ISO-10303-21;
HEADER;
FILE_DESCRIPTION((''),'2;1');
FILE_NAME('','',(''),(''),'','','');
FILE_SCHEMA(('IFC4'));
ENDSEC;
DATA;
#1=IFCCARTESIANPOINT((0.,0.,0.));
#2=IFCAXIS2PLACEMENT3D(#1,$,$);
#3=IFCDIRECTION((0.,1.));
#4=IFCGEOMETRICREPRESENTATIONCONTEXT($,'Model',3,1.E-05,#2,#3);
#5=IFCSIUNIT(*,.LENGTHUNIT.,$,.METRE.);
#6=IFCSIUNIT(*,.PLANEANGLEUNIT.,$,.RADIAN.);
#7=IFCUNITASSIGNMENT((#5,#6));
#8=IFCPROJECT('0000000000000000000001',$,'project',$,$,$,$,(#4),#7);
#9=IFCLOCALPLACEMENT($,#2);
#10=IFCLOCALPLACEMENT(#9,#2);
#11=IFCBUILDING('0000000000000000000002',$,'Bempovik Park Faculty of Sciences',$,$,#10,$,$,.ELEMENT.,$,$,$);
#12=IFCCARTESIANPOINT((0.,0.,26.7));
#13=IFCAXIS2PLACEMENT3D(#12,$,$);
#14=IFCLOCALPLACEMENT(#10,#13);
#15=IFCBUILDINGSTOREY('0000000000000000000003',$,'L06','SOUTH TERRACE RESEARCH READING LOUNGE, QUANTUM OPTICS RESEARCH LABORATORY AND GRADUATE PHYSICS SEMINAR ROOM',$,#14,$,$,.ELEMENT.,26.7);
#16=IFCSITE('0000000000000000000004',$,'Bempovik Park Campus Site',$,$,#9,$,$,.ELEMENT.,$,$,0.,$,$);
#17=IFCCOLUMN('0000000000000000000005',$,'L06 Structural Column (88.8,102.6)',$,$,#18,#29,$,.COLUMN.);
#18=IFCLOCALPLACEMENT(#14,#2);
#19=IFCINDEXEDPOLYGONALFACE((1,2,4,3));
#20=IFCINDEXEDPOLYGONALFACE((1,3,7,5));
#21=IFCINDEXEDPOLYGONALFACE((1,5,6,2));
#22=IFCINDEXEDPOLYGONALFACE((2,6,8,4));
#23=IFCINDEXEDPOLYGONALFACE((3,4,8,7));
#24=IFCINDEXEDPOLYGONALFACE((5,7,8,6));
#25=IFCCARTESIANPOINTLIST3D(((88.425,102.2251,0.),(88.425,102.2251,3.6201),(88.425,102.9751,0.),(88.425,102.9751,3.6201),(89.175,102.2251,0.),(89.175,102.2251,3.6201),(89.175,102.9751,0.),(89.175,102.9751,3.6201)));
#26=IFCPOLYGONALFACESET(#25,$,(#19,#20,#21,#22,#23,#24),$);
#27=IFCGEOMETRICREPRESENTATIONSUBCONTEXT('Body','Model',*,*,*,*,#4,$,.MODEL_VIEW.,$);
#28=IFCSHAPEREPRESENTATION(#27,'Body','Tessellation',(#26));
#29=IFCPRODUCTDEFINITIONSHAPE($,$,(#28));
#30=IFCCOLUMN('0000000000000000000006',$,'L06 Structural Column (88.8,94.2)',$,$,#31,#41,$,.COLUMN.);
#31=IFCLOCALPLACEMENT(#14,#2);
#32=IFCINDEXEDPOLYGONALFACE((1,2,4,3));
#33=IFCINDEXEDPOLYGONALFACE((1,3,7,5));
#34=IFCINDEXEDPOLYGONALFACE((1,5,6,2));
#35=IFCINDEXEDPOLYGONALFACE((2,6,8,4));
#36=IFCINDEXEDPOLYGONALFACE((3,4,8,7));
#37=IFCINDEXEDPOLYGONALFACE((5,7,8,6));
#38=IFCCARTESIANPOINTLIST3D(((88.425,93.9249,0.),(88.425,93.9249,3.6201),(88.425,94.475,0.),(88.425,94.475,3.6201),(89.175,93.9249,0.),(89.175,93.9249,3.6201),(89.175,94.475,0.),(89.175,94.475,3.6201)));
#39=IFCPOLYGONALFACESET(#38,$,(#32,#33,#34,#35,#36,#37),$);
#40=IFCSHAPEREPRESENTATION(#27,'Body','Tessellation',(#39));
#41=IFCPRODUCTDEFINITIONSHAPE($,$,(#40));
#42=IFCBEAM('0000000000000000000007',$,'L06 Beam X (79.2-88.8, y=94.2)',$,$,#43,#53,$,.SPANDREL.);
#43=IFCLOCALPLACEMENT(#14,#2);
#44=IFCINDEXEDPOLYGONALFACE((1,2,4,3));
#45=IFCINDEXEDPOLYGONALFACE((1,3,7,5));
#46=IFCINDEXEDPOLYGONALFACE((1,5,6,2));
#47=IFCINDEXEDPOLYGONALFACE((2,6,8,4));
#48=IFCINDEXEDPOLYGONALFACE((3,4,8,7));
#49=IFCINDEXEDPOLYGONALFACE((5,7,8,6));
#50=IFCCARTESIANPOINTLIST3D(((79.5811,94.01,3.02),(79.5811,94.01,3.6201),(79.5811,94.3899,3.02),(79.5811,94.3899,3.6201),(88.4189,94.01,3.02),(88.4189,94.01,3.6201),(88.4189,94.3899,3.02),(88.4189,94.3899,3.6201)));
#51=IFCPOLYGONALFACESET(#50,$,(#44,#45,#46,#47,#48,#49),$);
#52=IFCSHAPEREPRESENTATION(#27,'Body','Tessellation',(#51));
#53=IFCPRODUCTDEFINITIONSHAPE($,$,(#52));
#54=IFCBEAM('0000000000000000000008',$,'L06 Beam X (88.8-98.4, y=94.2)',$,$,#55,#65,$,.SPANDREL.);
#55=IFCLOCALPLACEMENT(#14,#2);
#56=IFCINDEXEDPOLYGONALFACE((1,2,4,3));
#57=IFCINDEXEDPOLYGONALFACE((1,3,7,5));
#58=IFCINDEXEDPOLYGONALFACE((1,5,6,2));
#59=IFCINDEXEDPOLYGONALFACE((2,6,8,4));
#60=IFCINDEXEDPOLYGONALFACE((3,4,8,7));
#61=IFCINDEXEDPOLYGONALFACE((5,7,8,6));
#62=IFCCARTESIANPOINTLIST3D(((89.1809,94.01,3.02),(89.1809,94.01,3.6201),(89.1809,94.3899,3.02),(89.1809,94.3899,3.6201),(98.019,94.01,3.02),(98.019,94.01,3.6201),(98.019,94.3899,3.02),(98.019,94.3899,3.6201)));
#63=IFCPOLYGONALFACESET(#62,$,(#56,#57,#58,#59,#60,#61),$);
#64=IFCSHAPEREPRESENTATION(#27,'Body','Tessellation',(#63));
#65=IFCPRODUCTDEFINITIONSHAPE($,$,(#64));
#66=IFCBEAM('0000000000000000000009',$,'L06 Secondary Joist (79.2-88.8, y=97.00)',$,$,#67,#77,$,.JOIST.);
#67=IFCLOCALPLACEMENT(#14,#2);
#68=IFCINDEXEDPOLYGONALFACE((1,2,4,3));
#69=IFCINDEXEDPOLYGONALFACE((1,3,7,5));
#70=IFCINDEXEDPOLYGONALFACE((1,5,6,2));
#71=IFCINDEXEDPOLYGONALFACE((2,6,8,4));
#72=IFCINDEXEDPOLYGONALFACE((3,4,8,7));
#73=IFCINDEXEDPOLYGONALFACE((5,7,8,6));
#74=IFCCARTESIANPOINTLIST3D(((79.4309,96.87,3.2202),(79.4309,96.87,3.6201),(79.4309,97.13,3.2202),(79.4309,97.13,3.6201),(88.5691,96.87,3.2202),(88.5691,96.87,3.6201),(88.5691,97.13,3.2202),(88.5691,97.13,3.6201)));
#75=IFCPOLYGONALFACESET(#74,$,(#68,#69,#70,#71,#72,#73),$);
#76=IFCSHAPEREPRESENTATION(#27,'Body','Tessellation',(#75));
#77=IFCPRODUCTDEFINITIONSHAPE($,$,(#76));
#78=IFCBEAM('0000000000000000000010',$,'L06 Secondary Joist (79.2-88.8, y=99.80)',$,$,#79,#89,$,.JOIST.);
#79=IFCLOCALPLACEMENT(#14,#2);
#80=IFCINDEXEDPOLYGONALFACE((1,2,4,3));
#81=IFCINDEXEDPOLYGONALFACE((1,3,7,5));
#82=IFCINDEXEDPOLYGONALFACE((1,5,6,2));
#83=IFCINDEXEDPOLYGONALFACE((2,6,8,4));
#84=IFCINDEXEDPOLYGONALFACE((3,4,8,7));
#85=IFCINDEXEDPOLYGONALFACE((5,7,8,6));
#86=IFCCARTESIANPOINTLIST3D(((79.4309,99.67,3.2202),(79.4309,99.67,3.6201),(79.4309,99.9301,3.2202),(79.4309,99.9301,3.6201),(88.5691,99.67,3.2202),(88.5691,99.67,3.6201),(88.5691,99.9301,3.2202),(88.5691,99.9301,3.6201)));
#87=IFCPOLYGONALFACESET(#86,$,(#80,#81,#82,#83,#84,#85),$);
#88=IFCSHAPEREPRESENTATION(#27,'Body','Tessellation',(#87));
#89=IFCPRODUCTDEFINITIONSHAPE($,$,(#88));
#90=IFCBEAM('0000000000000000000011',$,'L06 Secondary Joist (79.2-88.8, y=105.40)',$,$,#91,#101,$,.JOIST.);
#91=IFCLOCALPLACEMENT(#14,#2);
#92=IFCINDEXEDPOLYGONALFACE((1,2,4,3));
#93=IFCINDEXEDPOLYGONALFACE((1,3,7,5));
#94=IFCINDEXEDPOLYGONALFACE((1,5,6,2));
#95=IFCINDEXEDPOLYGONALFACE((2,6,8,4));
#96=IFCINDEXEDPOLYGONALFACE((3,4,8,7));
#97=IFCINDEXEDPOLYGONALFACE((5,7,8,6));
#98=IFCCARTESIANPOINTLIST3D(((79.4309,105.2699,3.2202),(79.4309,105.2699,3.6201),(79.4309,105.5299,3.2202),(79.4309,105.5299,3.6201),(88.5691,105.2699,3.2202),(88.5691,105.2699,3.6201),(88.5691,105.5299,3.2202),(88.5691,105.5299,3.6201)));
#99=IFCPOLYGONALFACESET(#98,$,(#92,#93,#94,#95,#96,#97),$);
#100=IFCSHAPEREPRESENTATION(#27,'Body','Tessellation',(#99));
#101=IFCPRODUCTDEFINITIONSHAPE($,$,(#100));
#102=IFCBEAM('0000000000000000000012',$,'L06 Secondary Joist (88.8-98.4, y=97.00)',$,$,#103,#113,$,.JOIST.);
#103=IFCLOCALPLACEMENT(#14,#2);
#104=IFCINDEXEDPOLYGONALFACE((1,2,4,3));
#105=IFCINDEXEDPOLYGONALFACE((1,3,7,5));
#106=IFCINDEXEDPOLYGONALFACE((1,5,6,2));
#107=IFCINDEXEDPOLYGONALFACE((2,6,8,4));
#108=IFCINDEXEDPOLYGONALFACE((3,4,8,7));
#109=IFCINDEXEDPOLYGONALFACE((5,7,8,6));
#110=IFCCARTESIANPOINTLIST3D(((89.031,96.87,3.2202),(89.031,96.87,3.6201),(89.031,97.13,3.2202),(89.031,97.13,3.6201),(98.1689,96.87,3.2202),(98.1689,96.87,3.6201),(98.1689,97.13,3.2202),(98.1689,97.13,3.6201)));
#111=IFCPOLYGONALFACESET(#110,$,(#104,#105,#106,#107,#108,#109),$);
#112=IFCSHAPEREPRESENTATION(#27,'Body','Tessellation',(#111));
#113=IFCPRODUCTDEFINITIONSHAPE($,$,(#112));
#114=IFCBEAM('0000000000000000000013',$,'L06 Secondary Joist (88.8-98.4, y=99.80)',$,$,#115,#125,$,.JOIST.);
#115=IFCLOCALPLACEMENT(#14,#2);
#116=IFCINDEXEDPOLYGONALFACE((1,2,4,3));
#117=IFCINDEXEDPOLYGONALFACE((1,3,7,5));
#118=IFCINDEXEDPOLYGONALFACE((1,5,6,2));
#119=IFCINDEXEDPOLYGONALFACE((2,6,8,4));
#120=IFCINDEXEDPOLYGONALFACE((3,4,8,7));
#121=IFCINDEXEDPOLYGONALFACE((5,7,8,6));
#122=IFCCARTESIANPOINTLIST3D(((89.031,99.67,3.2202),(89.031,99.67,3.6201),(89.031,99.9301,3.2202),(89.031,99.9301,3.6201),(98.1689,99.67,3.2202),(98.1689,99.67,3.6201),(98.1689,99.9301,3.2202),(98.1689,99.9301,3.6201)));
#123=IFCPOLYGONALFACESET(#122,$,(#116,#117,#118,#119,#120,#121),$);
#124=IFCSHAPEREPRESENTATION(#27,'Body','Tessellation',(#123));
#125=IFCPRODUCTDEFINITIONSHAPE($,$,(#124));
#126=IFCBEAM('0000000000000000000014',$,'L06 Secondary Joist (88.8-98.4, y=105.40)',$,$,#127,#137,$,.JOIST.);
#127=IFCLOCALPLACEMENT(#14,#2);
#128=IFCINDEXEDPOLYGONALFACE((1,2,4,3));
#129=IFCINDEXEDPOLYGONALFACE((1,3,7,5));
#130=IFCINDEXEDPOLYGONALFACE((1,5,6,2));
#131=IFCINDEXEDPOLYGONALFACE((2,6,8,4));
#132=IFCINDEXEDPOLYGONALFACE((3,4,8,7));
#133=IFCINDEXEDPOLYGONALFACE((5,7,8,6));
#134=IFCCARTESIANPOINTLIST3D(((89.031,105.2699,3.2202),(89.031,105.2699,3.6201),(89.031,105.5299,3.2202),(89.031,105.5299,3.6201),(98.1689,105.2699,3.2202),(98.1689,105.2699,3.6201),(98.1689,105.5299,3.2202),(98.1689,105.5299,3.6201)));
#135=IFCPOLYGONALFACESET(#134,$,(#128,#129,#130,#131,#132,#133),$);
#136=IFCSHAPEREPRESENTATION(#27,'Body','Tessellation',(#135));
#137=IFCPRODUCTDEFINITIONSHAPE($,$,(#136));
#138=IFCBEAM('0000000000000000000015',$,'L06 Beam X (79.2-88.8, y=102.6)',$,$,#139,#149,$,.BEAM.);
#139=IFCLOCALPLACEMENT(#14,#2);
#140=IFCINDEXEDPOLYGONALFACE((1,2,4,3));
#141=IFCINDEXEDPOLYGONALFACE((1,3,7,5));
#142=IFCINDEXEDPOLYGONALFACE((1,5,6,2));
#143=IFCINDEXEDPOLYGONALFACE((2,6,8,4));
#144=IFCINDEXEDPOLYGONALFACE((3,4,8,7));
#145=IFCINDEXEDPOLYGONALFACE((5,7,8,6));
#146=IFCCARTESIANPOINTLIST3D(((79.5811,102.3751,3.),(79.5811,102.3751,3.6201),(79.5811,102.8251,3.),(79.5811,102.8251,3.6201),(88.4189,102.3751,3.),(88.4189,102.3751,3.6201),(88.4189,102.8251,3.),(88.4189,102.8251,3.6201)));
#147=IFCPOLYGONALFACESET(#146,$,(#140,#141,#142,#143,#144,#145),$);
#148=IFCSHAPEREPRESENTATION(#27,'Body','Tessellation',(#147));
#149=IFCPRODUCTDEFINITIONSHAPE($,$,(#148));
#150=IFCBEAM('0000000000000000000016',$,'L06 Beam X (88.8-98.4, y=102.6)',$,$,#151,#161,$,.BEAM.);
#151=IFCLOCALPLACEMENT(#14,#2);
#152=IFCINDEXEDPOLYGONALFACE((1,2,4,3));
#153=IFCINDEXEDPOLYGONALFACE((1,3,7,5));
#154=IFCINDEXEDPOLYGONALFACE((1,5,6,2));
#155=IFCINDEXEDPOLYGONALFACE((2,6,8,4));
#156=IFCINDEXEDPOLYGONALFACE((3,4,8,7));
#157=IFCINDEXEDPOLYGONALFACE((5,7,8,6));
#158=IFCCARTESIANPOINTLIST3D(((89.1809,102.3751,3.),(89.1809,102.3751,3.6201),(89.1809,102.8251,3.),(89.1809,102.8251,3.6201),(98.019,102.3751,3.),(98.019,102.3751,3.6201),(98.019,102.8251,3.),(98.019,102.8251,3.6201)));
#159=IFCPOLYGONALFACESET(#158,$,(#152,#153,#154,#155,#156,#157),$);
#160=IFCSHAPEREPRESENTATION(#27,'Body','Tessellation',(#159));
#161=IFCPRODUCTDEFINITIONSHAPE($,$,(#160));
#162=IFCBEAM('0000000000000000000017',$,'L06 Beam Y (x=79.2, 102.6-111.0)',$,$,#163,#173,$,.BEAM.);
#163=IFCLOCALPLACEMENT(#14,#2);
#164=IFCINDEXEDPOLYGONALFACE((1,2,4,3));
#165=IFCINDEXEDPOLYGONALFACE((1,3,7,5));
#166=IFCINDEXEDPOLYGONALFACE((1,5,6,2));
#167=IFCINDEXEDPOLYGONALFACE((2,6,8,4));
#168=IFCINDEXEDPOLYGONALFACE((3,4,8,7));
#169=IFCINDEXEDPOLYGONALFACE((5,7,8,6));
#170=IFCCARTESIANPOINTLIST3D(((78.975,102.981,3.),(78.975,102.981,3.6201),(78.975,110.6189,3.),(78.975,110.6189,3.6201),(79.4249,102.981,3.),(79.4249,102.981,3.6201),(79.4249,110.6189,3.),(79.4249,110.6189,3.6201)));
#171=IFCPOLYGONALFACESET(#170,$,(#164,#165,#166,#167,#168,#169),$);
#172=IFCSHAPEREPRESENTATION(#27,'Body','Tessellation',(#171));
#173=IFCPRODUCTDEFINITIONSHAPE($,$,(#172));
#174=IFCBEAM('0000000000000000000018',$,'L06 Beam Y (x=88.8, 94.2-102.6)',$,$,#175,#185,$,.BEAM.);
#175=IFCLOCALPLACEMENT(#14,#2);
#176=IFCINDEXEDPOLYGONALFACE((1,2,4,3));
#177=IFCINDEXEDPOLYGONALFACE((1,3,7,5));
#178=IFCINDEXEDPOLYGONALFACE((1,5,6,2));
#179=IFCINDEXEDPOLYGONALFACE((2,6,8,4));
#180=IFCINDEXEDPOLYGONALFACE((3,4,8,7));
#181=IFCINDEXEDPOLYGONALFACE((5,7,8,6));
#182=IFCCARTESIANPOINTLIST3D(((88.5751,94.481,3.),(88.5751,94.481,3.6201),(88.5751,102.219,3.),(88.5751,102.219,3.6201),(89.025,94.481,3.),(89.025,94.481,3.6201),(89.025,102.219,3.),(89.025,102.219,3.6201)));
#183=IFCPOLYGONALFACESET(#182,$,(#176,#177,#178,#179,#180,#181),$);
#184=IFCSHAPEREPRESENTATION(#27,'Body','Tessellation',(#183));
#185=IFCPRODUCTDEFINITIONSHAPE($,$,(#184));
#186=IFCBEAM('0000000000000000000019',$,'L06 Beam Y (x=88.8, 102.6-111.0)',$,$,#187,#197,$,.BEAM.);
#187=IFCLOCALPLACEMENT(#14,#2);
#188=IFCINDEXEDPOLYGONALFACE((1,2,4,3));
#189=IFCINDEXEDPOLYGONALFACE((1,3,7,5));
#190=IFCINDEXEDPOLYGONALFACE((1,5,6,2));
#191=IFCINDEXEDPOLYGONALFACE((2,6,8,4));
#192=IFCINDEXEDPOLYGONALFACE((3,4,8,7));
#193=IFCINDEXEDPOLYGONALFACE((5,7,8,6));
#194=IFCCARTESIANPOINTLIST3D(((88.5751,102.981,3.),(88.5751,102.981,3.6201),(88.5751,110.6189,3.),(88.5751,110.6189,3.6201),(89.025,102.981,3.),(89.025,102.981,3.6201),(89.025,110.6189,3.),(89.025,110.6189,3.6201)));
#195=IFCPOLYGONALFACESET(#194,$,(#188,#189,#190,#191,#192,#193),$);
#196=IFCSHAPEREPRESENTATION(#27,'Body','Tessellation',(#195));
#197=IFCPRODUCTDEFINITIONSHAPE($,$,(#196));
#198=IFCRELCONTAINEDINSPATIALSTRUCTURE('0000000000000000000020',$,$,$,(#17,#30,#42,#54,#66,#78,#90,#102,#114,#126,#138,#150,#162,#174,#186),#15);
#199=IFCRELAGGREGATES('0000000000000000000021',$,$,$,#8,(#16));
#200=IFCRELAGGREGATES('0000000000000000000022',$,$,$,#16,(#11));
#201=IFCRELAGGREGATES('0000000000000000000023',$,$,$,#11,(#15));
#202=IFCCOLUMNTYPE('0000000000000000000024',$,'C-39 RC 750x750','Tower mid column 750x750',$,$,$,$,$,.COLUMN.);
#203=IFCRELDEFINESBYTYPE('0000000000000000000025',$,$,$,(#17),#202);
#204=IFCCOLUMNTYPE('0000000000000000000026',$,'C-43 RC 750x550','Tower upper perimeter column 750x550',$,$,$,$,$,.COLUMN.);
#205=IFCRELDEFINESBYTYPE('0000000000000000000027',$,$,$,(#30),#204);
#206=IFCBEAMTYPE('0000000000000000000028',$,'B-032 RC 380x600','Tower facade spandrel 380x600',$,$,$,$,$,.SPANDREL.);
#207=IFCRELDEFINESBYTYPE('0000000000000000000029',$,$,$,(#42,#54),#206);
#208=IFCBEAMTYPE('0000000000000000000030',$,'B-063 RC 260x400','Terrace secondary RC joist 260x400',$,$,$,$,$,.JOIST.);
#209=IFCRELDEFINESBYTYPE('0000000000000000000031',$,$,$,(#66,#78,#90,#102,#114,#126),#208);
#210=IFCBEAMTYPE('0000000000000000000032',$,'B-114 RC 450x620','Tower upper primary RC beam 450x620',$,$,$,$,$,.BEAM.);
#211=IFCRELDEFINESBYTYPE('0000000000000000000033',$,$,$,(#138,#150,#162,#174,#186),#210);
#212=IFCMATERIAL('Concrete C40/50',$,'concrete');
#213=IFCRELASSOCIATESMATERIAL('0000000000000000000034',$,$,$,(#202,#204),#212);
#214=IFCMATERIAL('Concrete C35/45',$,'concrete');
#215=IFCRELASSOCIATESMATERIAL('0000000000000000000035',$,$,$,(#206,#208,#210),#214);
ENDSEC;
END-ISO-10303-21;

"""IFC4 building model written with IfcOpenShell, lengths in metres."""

from ifc_helpers import new_model, si_unit, direction, frame, origin, origin_2d, place, context, subcontext, project, spatial, rectangle, extrude, material, material_profile, profile_set, type_object, element, save


model = new_model("IFC4")

# Units and contexts
model_context = context("Model", 3, precision=1e-05, world=origin(), true_north=direction((0.0, 1.0)))
body_context = subcontext(model_context, "Body", "Model", "MODEL_VIEW")
ifc_project = project(units=[si_unit("LENGTHUNIT", "METRE"), si_unit("PLANEANGLEUNIT", "RADIAN")], contexts=[model_context])

# Site, building, storey
site_placement = place(None, origin())
site = spatial("IfcSite", under=ifc_project, at=site_placement, Name="Bempovik Park Campus Site", CompositionType="ELEMENT", RefElevation=0.0)
building_placement = place(site_placement, origin())
building = spatial("IfcBuilding", under=site, at=building_placement, Name="Bempovik Park Faculty of Sciences", CompositionType="ELEMENT")
storey_placement = place(building_placement, frame((0.0, 0.0, 26.7)))
storey = spatial("IfcBuildingStorey", under=building, at=storey_placement, Name="L06", Description="SOUTH TERRACE RESEARCH READING LOUNGE, QUANTUM OPTICS RESEARCH LABORATORY AND GRADUATE PHYSICS SEMINAR ROOM", CompositionType="ELEMENT", Elevation=26.7)

# Columns
ifc_material_1 = material(Name="Concrete C40/50", Category="concrete")
ifc_material_profile_1 = material_profile(ifc_material_1, rectangle(XDim=0.75, YDim=0.75, at=origin_2d()), Name="RC 750x750")
ifc_profile_set_1 = profile_set([ifc_material_profile_1], Name="Concrete C40/50")
column_type_1 = type_object("IfcColumnType", Name="C-39 RC 750x750", Description="Tower mid column 750x750", PredefinedType="COLUMN", material=ifc_profile_set_1)
column_1_placement = place(storey_placement, frame((88.8, 102.6001, 0.0), z_axis=(0.0, 0.0, 1.0), x_axis=(1.0, 0.0, 0.0)))
element("IfcColumn", 1, at=column_1_placement, inside=storey, type_object=column_type_1, Name="L06 Structural Column (88.8,102.6)", PredefinedType="COLUMN", context=body_context, shape_type="SweptSolid", body=[
    extrude(rectangle(XDim=0.75, YDim=0.75, at=origin_2d()), origin(), (0.0, 0.0, 1.0), 3.6201),
])
ifc_material_profile_2 = material_profile(ifc_material_1, rectangle(XDim=0.75, YDim=0.55, at=origin_2d()), Name="RC 750x550")
ifc_profile_set_2 = profile_set([ifc_material_profile_2], Name="Concrete C40/50")
column_type_2 = type_object("IfcColumnType", Name="C-43 RC 750x550", Description="Tower upper perimeter column 750x550", PredefinedType="COLUMN", material=ifc_profile_set_2)
column_2_placement = place(storey_placement, frame((88.8, 94.2, 0.0), z_axis=(0.0, 0.0, 1.0), x_axis=(1.0, 0.0, 0.0)))
element("IfcColumn", 2, at=column_2_placement, inside=storey, type_object=column_type_2, Name="L06 Structural Column (88.8,94.2)", PredefinedType="COLUMN", context=body_context, shape_type="SweptSolid", body=[
    extrude(rectangle(XDim=0.75, YDim=0.55, at=origin_2d()), origin(), (0.0, 0.0, 1.0), 3.6201),
])

# Beams
ifc_material_2 = material(Name="Concrete C35/45", Category="concrete")
ifc_material_profile_3 = material_profile(ifc_material_2, rectangle(XDim=0.3799, YDim=0.6001, at=origin_2d()), Name="RC 380x600")
ifc_profile_set_3 = profile_set([ifc_material_profile_3], Name="Concrete C35/45")
beam_type_1 = type_object("IfcBeamType", Name="B-032 RC 380x600", Description="Tower facade spandrel 380x600", PredefinedType="SPANDREL", material=ifc_profile_set_3)
beam_1_placement = place(storey_placement, frame((79.5811, 94.2, 3.3201), z_axis=(1.0, 0.0, 0.0), x_axis=(0.0, 1.0, 0.0)))
element("IfcBeam", 3, at=beam_1_placement, inside=storey, type_object=beam_type_1, Name="L06 Beam X (79.2-88.8, y=94.2)", PredefinedType="SPANDREL", context=body_context, shape_type="SweptSolid", body=[
    extrude(rectangle(XDim=0.3799, YDim=0.6001, at=origin_2d()), origin(), (0.0, 0.0, 1.0), 8.8379),
])
beam_2_placement = place(storey_placement, frame((89.1809, 94.2, 3.3201), z_axis=(1.0, 0.0, 0.0), x_axis=(0.0, 1.0, 0.0)))
element("IfcBeam", 4, at=beam_2_placement, inside=storey, type_object=beam_type_1, Name="L06 Beam X (88.8-98.4, y=94.2)", PredefinedType="SPANDREL", context=body_context, shape_type="SweptSolid", body=[
    extrude(rectangle(XDim=0.3799, YDim=0.6001, at=origin_2d()), origin(), (0.0, 0.0, 1.0), 8.8381),
])
ifc_material_profile_4 = material_profile(ifc_material_2, rectangle(XDim=0.26, YDim=0.3999, at=origin_2d()), Name="RC 260x400")
ifc_profile_set_4 = profile_set([ifc_material_profile_4], Name="Concrete C35/45")
beam_type_2 = type_object("IfcBeamType", Name="B-063 RC 260x400", Description="Terrace secondary RC joist 260x400", PredefinedType="JOIST", material=ifc_profile_set_4)
for number, where, z_axis, x_axis, name in (
    (5, (79.4309, 97.0, 3.4202), (1.0, 0.0, 0.0), (0.0, 1.0, 0.0), "L06 Secondary Joist (79.2-88.8, y=97.00)"),
    (6, (79.4309, 99.8, 3.4202), (1.0, 0.0, 0.0), (0.0, 1.0, 0.0), "L06 Secondary Joist (79.2-88.8, y=99.80)"),
    (7, (79.4309, 105.3999, 3.4202), (1.0, 0.0, 0.0), (0.0, 1.0, 0.0), "L06 Secondary Joist (79.2-88.8, y=105.40)"),
):
    element("IfcBeam", number, at=place(storey_placement, frame(where, z_axis=z_axis, x_axis=x_axis)), inside=storey, type_object=beam_type_2, Name=name, PredefinedType="JOIST", context=body_context, shape_type="SweptSolid", body=[
        extrude(rectangle(XDim=0.26, YDim=0.3999, at=origin_2d()), origin(), (0.0, 0.0, 1.0), 9.1382),
    ])
for number, where, z_axis, x_axis, name in (
    (8, (89.031, 97.0, 3.4202), (1.0, 0.0, 0.0), (0.0, 1.0, 0.0), "L06 Secondary Joist (88.8-98.4, y=97.00)"),
    (9, (89.031, 99.8, 3.4202), (1.0, 0.0, 0.0), (0.0, 1.0, 0.0), "L06 Secondary Joist (88.8-98.4, y=99.80)"),
    (10, (89.031, 105.3999, 3.4202), (1.0, 0.0, 0.0), (0.0, 1.0, 0.0), "L06 Secondary Joist (88.8-98.4, y=105.40)"),
):
    element("IfcBeam", number, at=place(storey_placement, frame(where, z_axis=z_axis, x_axis=x_axis)), inside=storey, type_object=beam_type_2, Name=name, PredefinedType="JOIST", context=body_context, shape_type="SweptSolid", body=[
        extrude(rectangle(XDim=0.26, YDim=0.3999, at=origin_2d()), origin(), (0.0, 0.0, 1.0), 9.1379),
    ])
ifc_material_profile_5 = material_profile(ifc_material_2, rectangle(XDim=0.45, YDim=0.6201, at=origin_2d()), Name="RC 450x620")
ifc_profile_set_5 = profile_set([ifc_material_profile_5], Name="Concrete C35/45")
beam_type_3 = type_object("IfcBeamType", Name="B-114 RC 450x620", Description="Tower upper primary RC beam 450x620", PredefinedType="BEAM", material=ifc_profile_set_5)
beam_3_placement = place(storey_placement, frame((79.5811, 102.6001, 3.3101), z_axis=(1.0, 0.0, 0.0), x_axis=(0.0, 1.0, 0.0)))
element("IfcBeam", 11, at=beam_3_placement, inside=storey, type_object=beam_type_3, Name="L06 Beam X (79.2-88.8, y=102.6)", PredefinedType="BEAM", context=body_context, shape_type="SweptSolid", body=[
    extrude(rectangle(XDim=0.45, YDim=0.6201, at=origin_2d()), origin(), (0.0, 0.0, 1.0), 8.8379),
])
beam_4_placement = place(storey_placement, frame((89.1809, 102.6001, 3.3101), z_axis=(1.0, 0.0, 0.0), x_axis=(0.0, 1.0, 0.0)))
element("IfcBeam", 12, at=beam_4_placement, inside=storey, type_object=beam_type_3, Name="L06 Beam X (88.8-98.4, y=102.6)", PredefinedType="BEAM", context=body_context, shape_type="SweptSolid", body=[
    extrude(rectangle(XDim=0.45, YDim=0.6201, at=origin_2d()), origin(), (0.0, 0.0, 1.0), 8.8381),
])
beam_5_placement = place(storey_placement, frame((79.2, 102.981, 3.3101), z_axis=(0.0, 1.0, 0.0), x_axis=(-1.0, 0.0, 0.0)))
element("IfcBeam", 13, at=beam_5_placement, inside=storey, type_object=beam_type_3, Name="L06 Beam Y (x=79.2, 102.6-111.0)", PredefinedType="BEAM", context=body_context, shape_type="SweptSolid", body=[
    extrude(rectangle(XDim=0.45, YDim=0.6201, at=origin_2d()), origin(), (0.0, 0.0, 1.0), 7.6379),
])
beam_6_placement = place(storey_placement, frame((88.8, 94.481, 3.3101), z_axis=(0.0, 1.0, 0.0), x_axis=(-1.0, 0.0, 0.0)))
element("IfcBeam", 14, at=beam_6_placement, inside=storey, type_object=beam_type_3, Name="L06 Beam Y (x=88.8, 94.2-102.6)", PredefinedType="BEAM", context=body_context, shape_type="SweptSolid", body=[
    extrude(rectangle(XDim=0.45, YDim=0.6201, at=origin_2d()), origin(), (0.0, 0.0, 1.0), 7.738),
])
beam_7_placement = place(storey_placement, frame((88.8, 102.981, 3.3101), z_axis=(0.0, 1.0, 0.0), x_axis=(-1.0, 0.0, 0.0)))
element("IfcBeam", 15, at=beam_7_placement, inside=storey, type_object=beam_type_3, Name="L06 Beam Y (x=88.8, 102.6-111.0)", PredefinedType="BEAM", context=body_context, shape_type="SweptSolid", body=[
    extrude(rectangle(XDim=0.45, YDim=0.6201, at=origin_2d()), origin(), (0.0, 0.0, 1.0), 7.6379),
])

save(model, "model.ifc")
